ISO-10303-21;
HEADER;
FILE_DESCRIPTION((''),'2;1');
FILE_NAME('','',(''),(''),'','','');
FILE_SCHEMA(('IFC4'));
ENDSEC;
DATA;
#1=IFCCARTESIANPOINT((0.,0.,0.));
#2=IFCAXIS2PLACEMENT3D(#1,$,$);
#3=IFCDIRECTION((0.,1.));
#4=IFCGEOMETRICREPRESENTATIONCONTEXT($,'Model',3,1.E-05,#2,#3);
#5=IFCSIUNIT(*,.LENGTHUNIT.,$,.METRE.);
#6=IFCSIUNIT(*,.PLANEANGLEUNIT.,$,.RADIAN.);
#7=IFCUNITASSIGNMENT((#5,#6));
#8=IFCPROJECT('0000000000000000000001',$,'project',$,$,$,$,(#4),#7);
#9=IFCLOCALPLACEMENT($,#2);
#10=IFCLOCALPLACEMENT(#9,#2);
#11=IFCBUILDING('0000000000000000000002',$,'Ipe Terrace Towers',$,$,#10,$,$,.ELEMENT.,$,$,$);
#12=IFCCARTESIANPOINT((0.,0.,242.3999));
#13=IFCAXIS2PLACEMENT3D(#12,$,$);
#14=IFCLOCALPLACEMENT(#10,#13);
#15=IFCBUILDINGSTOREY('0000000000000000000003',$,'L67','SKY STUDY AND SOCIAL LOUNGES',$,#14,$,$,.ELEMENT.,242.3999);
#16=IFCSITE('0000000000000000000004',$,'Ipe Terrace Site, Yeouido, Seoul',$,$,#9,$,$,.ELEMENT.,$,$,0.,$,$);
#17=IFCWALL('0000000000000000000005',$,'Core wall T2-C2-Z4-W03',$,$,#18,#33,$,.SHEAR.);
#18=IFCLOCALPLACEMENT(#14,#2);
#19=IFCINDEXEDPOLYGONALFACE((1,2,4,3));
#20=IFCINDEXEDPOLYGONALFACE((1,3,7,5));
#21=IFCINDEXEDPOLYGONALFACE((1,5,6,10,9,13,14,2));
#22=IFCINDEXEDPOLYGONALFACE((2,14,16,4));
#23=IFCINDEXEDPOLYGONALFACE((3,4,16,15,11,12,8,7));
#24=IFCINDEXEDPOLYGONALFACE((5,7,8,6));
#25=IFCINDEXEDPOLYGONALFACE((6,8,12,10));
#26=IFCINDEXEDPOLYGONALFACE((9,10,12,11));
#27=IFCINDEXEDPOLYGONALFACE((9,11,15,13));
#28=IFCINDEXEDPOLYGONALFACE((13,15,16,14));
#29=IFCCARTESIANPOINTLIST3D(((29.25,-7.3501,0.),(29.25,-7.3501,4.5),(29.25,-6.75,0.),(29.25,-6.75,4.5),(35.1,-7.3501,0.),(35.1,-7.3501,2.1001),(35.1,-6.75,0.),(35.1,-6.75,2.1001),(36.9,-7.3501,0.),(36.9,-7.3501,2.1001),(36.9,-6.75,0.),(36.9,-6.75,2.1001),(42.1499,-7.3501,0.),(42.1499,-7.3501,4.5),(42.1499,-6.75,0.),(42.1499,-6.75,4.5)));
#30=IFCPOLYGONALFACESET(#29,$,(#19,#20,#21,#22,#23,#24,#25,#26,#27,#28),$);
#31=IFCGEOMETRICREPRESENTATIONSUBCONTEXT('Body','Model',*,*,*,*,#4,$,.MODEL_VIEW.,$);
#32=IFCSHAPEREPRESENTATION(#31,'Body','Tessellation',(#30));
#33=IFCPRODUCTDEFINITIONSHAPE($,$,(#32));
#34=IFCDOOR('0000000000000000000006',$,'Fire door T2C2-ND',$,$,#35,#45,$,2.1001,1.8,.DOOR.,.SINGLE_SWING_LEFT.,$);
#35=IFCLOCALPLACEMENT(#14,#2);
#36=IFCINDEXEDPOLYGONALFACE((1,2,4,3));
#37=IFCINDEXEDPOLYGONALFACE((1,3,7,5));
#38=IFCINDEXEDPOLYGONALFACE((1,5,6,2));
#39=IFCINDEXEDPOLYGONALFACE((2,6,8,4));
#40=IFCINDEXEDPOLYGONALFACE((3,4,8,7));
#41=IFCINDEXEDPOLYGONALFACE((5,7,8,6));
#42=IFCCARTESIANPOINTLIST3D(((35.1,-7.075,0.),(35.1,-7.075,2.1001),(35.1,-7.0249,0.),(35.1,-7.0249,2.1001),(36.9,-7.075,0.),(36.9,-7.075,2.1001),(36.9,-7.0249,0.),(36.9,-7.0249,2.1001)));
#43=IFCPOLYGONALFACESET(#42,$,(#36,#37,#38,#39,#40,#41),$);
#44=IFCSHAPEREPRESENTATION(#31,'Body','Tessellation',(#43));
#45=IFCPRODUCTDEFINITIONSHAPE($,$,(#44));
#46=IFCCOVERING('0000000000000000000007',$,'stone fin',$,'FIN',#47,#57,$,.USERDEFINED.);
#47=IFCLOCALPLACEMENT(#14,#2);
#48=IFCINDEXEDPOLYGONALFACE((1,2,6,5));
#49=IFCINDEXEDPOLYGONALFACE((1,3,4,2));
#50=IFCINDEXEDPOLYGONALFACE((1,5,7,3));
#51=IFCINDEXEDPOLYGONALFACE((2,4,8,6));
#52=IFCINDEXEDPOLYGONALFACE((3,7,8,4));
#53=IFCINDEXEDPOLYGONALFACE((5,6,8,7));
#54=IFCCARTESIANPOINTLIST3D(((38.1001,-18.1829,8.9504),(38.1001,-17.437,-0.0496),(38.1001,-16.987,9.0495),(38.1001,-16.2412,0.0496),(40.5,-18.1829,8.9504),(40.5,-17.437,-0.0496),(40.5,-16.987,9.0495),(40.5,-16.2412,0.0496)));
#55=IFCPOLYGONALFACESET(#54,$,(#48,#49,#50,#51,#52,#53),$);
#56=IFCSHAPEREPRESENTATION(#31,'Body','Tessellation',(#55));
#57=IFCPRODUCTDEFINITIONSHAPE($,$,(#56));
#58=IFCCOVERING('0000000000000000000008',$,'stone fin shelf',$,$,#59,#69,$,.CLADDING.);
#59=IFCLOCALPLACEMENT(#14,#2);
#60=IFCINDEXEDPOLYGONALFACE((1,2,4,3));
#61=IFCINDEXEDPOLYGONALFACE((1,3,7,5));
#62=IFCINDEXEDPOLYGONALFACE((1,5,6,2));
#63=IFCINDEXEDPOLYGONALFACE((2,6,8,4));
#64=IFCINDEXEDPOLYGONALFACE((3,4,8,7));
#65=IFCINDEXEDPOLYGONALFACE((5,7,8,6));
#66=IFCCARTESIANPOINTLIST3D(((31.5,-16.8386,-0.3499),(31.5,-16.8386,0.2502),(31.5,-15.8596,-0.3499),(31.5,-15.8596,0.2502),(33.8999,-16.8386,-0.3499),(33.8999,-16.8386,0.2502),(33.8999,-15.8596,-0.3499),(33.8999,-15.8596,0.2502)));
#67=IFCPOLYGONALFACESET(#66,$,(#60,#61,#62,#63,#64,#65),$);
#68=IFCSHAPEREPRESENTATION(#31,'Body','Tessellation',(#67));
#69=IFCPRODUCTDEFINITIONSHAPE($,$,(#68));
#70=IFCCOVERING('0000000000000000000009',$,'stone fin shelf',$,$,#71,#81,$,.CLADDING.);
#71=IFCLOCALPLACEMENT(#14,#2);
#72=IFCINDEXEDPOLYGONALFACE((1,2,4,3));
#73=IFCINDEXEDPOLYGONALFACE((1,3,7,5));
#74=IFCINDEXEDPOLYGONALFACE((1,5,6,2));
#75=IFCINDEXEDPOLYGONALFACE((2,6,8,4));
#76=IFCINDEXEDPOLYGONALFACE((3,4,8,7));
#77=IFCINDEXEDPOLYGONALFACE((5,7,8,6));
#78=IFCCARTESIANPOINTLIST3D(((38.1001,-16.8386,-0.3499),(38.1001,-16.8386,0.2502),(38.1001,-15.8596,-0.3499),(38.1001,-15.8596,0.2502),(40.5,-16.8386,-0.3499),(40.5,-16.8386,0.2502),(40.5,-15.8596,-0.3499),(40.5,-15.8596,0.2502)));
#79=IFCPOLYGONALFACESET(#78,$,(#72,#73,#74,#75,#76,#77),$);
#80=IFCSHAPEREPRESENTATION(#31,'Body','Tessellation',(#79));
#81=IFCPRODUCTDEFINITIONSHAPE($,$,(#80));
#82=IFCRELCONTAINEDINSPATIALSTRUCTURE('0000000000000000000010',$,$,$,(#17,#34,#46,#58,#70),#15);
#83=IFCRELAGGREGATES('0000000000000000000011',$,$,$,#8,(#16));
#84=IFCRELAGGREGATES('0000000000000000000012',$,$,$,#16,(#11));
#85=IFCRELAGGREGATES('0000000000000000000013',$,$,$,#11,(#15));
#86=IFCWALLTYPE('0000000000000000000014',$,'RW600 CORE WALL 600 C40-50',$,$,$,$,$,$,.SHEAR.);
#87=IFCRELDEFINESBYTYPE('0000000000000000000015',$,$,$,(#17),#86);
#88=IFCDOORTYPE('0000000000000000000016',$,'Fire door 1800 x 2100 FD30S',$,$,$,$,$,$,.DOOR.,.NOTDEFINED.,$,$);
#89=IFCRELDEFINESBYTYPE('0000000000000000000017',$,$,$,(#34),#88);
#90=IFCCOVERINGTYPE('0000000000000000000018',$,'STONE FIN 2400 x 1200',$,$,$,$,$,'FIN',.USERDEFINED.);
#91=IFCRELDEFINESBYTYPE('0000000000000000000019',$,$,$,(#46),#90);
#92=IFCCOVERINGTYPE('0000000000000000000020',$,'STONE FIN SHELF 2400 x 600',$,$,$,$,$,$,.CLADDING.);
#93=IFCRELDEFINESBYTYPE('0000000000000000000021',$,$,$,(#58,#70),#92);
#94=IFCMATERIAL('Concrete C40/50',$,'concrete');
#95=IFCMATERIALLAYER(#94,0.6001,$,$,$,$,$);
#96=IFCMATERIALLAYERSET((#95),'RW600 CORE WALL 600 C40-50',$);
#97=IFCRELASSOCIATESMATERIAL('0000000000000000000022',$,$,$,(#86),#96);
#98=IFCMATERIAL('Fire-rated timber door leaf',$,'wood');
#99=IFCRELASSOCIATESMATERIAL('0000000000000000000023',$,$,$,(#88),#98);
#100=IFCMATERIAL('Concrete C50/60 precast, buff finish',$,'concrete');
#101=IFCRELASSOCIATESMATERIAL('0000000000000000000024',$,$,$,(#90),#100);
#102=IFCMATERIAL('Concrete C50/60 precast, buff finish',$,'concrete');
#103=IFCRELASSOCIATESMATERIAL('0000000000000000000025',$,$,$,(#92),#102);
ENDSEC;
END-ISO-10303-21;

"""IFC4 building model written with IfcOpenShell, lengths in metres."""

from ifc_helpers import new_model, si_unit, direction, frame, frame_2d, origin, origin_2d, place, context, subcontext, project, spatial, rectangle, extrude, material, layer, layer_set, material_profile, profile_set, type_object, element, fill, save


model = new_model("IFC4")

# Units and contexts
model_context = context("Model", 3, precision=1e-05, world=origin(), true_north=direction((0.0, 1.0)))
body_context = subcontext(model_context, "Body", "Model", "MODEL_VIEW")
ifc_project = project(units=[si_unit("LENGTHUNIT", "METRE"), si_unit("PLANEANGLEUNIT", "RADIAN")], contexts=[model_context])

# Site, building, storey
site_placement = place(None, origin())
site = spatial("IfcSite", under=ifc_project, at=site_placement, Name="Ipe Terrace Site, Yeouido, Seoul", CompositionType="ELEMENT", RefElevation=0.0)
building_placement = place(site_placement, origin())
building = spatial("IfcBuilding", under=site, at=building_placement, Name="Ipe Terrace Towers", CompositionType="ELEMENT")
storey_placement = place(building_placement, frame((0.0, 0.0, 242.3999)))
storey = spatial("IfcBuildingStorey", under=building, at=storey_placement, Name="L67", Description="SKY STUDY AND SOCIAL LOUNGES", CompositionType="ELEMENT", Elevation=242.3999)

# Shared definitions
ifc_material_1 = material(Name="Concrete C40/50", Category="concrete")
ifc_layer_1 = layer(ifc_material_1, 0.6001)
ifc_layer_set_1 = layer_set([ifc_layer_1], Name="RW600 CORE WALL 600 C40-50")
wall_type_1 = type_object("IfcWallType", Name="RW600 CORE WALL 600 C40-50", PredefinedType="SHEAR", material=ifc_layer_set_1)

# Wall, opening, door
wall_1_placement = place(storey_placement, frame((42.1499, -7.05, 0.0), z_axis=(0.0, 0.0, 1.0), x_axis=(-1.0, 0.0, 0.0)))
wall_1 = element("IfcWall", 1, at=wall_1_placement, inside=storey, type_object=wall_type_1, Name="Core wall T2-C2-Z4-W03", PredefinedType="SHEAR", context=body_context, shape_type="SweptSolid", body=[
    extrude(rectangle(XDim=12.8999, YDim=0.6001, at=frame_2d((6.45, 0.0))), origin(), (0.0, 0.0, 1.0), 4.5),
])
opening_1_placement = place(wall_1_placement, frame((5.25, 0.0, 0.0)))
opening_1 = element("IfcOpeningElement", 2, at=opening_1_placement, cuts=wall_1, PredefinedType="OPENING", context=body_context, shape_type="SweptSolid", body=[
    extrude(rectangle(XDim=1.8, YDim=2.1001, at=frame_2d((0.8999, 1.05))), frame((0.0, 0.3101, 0.0), z_axis=(0.0, -1.0, 0.0), x_axis=(1.0, 0.0, 0.0)), (0.0, 0.0, 1.0), 0.6201),
])
ifc_material_2 = material(Name="Fire-rated timber door leaf", Category="wood")
door_type_1 = type_object("IfcDoorType", Name="Fire door 1800 x 2100 FD30S", OperationType="NOTDEFINED", PredefinedType="DOOR", material=ifc_material_2)
door_1_placement = place(opening_1_placement, origin())
door_1 = element("IfcDoor", 3, at=door_1_placement, inside=storey, type_object=door_type_1, Name="Fire door T2C2-ND", OperationType="SINGLE_SWING_LEFT", OverallHeight=2.1001, OverallWidth=1.8, PredefinedType="DOOR", context=body_context, shape_type="SweptSolid", body=[
    extrude(rectangle(XDim=1.8, YDim=2.1001, at=frame_2d((0.8999, 1.05))), frame((0.0, 0.0249, 0.0), z_axis=(0.0, -1.0, 0.0), x_axis=(1.0, 0.0, 0.0)), (0.0, 0.0, 1.0), 0.05),
])
fill(opening_1, door_1)

# Coverings
ifc_material_3 = material(Name="Concrete C50/60 precast, buff finish", Category="concrete")
ifc_material_profile_1 = material_profile(ifc_material_3, rectangle(XDim=2.3999, YDim=1.2, at=origin_2d()), Name="STONE FIN 2400 x 1200")
ifc_profile_set_1 = profile_set([ifc_material_profile_1], Name="Concrete C50/60 precast, buff finish")
covering_type_1 = type_object("IfcCoveringType", Name="STONE FIN 2400 x 1200", ElementType="FIN", PredefinedType="USERDEFINED", material=ifc_profile_set_1)
covering_placement = place(storey_placement, frame((39.3, -16.8391, 0.0), z_axis=(0.0, -0.082589, 0.996584), x_axis=(1.0, 0.0, 0.0)))
element("IfcCovering", 4, at=covering_placement, inside=storey, type_object=covering_type_1, Name="stone fin", ObjectType="FIN", PredefinedType="USERDEFINED", context=body_context, shape_type="SweptSolid", body=[
    extrude(rectangle(XDim=2.3999, YDim=1.2, at=origin_2d()), origin(), (0.0, 0.0, 1.0), 9.0308),
])
ifc_material_4 = material(Name="Concrete C50/60 precast, buff finish", Category="concrete")
covering_type_2 = type_object("IfcCoveringType", Name="STONE FIN SHELF 2400 x 600", PredefinedType="CLADDING", material=ifc_material_4)
for number, where, z_axis, x_axis, name in (
    (5, (32.7, -16.3491, -0.3499), (0.0, 0.0, 1.0), (1.0, 0.0, 0.0), "stone fin shelf"),
    (6, (39.3, -16.3491, -0.3499), (0.0, 0.0, 1.0), (1.0, 0.0, 0.0), "stone fin shelf"),
):
    element("IfcCovering", number, at=place(storey_placement, frame(where, z_axis=z_axis, x_axis=x_axis)), inside=storey, type_object=covering_type_2, Name=name, PredefinedType="CLADDING", context=body_context, shape_type="SweptSolid", body=[
        extrude(rectangle(XDim=2.3999, YDim=0.979, at=origin_2d()), origin(), (0.0, 0.0, 1.0), 0.6001),
    ])

save(model, "model.ifc")
